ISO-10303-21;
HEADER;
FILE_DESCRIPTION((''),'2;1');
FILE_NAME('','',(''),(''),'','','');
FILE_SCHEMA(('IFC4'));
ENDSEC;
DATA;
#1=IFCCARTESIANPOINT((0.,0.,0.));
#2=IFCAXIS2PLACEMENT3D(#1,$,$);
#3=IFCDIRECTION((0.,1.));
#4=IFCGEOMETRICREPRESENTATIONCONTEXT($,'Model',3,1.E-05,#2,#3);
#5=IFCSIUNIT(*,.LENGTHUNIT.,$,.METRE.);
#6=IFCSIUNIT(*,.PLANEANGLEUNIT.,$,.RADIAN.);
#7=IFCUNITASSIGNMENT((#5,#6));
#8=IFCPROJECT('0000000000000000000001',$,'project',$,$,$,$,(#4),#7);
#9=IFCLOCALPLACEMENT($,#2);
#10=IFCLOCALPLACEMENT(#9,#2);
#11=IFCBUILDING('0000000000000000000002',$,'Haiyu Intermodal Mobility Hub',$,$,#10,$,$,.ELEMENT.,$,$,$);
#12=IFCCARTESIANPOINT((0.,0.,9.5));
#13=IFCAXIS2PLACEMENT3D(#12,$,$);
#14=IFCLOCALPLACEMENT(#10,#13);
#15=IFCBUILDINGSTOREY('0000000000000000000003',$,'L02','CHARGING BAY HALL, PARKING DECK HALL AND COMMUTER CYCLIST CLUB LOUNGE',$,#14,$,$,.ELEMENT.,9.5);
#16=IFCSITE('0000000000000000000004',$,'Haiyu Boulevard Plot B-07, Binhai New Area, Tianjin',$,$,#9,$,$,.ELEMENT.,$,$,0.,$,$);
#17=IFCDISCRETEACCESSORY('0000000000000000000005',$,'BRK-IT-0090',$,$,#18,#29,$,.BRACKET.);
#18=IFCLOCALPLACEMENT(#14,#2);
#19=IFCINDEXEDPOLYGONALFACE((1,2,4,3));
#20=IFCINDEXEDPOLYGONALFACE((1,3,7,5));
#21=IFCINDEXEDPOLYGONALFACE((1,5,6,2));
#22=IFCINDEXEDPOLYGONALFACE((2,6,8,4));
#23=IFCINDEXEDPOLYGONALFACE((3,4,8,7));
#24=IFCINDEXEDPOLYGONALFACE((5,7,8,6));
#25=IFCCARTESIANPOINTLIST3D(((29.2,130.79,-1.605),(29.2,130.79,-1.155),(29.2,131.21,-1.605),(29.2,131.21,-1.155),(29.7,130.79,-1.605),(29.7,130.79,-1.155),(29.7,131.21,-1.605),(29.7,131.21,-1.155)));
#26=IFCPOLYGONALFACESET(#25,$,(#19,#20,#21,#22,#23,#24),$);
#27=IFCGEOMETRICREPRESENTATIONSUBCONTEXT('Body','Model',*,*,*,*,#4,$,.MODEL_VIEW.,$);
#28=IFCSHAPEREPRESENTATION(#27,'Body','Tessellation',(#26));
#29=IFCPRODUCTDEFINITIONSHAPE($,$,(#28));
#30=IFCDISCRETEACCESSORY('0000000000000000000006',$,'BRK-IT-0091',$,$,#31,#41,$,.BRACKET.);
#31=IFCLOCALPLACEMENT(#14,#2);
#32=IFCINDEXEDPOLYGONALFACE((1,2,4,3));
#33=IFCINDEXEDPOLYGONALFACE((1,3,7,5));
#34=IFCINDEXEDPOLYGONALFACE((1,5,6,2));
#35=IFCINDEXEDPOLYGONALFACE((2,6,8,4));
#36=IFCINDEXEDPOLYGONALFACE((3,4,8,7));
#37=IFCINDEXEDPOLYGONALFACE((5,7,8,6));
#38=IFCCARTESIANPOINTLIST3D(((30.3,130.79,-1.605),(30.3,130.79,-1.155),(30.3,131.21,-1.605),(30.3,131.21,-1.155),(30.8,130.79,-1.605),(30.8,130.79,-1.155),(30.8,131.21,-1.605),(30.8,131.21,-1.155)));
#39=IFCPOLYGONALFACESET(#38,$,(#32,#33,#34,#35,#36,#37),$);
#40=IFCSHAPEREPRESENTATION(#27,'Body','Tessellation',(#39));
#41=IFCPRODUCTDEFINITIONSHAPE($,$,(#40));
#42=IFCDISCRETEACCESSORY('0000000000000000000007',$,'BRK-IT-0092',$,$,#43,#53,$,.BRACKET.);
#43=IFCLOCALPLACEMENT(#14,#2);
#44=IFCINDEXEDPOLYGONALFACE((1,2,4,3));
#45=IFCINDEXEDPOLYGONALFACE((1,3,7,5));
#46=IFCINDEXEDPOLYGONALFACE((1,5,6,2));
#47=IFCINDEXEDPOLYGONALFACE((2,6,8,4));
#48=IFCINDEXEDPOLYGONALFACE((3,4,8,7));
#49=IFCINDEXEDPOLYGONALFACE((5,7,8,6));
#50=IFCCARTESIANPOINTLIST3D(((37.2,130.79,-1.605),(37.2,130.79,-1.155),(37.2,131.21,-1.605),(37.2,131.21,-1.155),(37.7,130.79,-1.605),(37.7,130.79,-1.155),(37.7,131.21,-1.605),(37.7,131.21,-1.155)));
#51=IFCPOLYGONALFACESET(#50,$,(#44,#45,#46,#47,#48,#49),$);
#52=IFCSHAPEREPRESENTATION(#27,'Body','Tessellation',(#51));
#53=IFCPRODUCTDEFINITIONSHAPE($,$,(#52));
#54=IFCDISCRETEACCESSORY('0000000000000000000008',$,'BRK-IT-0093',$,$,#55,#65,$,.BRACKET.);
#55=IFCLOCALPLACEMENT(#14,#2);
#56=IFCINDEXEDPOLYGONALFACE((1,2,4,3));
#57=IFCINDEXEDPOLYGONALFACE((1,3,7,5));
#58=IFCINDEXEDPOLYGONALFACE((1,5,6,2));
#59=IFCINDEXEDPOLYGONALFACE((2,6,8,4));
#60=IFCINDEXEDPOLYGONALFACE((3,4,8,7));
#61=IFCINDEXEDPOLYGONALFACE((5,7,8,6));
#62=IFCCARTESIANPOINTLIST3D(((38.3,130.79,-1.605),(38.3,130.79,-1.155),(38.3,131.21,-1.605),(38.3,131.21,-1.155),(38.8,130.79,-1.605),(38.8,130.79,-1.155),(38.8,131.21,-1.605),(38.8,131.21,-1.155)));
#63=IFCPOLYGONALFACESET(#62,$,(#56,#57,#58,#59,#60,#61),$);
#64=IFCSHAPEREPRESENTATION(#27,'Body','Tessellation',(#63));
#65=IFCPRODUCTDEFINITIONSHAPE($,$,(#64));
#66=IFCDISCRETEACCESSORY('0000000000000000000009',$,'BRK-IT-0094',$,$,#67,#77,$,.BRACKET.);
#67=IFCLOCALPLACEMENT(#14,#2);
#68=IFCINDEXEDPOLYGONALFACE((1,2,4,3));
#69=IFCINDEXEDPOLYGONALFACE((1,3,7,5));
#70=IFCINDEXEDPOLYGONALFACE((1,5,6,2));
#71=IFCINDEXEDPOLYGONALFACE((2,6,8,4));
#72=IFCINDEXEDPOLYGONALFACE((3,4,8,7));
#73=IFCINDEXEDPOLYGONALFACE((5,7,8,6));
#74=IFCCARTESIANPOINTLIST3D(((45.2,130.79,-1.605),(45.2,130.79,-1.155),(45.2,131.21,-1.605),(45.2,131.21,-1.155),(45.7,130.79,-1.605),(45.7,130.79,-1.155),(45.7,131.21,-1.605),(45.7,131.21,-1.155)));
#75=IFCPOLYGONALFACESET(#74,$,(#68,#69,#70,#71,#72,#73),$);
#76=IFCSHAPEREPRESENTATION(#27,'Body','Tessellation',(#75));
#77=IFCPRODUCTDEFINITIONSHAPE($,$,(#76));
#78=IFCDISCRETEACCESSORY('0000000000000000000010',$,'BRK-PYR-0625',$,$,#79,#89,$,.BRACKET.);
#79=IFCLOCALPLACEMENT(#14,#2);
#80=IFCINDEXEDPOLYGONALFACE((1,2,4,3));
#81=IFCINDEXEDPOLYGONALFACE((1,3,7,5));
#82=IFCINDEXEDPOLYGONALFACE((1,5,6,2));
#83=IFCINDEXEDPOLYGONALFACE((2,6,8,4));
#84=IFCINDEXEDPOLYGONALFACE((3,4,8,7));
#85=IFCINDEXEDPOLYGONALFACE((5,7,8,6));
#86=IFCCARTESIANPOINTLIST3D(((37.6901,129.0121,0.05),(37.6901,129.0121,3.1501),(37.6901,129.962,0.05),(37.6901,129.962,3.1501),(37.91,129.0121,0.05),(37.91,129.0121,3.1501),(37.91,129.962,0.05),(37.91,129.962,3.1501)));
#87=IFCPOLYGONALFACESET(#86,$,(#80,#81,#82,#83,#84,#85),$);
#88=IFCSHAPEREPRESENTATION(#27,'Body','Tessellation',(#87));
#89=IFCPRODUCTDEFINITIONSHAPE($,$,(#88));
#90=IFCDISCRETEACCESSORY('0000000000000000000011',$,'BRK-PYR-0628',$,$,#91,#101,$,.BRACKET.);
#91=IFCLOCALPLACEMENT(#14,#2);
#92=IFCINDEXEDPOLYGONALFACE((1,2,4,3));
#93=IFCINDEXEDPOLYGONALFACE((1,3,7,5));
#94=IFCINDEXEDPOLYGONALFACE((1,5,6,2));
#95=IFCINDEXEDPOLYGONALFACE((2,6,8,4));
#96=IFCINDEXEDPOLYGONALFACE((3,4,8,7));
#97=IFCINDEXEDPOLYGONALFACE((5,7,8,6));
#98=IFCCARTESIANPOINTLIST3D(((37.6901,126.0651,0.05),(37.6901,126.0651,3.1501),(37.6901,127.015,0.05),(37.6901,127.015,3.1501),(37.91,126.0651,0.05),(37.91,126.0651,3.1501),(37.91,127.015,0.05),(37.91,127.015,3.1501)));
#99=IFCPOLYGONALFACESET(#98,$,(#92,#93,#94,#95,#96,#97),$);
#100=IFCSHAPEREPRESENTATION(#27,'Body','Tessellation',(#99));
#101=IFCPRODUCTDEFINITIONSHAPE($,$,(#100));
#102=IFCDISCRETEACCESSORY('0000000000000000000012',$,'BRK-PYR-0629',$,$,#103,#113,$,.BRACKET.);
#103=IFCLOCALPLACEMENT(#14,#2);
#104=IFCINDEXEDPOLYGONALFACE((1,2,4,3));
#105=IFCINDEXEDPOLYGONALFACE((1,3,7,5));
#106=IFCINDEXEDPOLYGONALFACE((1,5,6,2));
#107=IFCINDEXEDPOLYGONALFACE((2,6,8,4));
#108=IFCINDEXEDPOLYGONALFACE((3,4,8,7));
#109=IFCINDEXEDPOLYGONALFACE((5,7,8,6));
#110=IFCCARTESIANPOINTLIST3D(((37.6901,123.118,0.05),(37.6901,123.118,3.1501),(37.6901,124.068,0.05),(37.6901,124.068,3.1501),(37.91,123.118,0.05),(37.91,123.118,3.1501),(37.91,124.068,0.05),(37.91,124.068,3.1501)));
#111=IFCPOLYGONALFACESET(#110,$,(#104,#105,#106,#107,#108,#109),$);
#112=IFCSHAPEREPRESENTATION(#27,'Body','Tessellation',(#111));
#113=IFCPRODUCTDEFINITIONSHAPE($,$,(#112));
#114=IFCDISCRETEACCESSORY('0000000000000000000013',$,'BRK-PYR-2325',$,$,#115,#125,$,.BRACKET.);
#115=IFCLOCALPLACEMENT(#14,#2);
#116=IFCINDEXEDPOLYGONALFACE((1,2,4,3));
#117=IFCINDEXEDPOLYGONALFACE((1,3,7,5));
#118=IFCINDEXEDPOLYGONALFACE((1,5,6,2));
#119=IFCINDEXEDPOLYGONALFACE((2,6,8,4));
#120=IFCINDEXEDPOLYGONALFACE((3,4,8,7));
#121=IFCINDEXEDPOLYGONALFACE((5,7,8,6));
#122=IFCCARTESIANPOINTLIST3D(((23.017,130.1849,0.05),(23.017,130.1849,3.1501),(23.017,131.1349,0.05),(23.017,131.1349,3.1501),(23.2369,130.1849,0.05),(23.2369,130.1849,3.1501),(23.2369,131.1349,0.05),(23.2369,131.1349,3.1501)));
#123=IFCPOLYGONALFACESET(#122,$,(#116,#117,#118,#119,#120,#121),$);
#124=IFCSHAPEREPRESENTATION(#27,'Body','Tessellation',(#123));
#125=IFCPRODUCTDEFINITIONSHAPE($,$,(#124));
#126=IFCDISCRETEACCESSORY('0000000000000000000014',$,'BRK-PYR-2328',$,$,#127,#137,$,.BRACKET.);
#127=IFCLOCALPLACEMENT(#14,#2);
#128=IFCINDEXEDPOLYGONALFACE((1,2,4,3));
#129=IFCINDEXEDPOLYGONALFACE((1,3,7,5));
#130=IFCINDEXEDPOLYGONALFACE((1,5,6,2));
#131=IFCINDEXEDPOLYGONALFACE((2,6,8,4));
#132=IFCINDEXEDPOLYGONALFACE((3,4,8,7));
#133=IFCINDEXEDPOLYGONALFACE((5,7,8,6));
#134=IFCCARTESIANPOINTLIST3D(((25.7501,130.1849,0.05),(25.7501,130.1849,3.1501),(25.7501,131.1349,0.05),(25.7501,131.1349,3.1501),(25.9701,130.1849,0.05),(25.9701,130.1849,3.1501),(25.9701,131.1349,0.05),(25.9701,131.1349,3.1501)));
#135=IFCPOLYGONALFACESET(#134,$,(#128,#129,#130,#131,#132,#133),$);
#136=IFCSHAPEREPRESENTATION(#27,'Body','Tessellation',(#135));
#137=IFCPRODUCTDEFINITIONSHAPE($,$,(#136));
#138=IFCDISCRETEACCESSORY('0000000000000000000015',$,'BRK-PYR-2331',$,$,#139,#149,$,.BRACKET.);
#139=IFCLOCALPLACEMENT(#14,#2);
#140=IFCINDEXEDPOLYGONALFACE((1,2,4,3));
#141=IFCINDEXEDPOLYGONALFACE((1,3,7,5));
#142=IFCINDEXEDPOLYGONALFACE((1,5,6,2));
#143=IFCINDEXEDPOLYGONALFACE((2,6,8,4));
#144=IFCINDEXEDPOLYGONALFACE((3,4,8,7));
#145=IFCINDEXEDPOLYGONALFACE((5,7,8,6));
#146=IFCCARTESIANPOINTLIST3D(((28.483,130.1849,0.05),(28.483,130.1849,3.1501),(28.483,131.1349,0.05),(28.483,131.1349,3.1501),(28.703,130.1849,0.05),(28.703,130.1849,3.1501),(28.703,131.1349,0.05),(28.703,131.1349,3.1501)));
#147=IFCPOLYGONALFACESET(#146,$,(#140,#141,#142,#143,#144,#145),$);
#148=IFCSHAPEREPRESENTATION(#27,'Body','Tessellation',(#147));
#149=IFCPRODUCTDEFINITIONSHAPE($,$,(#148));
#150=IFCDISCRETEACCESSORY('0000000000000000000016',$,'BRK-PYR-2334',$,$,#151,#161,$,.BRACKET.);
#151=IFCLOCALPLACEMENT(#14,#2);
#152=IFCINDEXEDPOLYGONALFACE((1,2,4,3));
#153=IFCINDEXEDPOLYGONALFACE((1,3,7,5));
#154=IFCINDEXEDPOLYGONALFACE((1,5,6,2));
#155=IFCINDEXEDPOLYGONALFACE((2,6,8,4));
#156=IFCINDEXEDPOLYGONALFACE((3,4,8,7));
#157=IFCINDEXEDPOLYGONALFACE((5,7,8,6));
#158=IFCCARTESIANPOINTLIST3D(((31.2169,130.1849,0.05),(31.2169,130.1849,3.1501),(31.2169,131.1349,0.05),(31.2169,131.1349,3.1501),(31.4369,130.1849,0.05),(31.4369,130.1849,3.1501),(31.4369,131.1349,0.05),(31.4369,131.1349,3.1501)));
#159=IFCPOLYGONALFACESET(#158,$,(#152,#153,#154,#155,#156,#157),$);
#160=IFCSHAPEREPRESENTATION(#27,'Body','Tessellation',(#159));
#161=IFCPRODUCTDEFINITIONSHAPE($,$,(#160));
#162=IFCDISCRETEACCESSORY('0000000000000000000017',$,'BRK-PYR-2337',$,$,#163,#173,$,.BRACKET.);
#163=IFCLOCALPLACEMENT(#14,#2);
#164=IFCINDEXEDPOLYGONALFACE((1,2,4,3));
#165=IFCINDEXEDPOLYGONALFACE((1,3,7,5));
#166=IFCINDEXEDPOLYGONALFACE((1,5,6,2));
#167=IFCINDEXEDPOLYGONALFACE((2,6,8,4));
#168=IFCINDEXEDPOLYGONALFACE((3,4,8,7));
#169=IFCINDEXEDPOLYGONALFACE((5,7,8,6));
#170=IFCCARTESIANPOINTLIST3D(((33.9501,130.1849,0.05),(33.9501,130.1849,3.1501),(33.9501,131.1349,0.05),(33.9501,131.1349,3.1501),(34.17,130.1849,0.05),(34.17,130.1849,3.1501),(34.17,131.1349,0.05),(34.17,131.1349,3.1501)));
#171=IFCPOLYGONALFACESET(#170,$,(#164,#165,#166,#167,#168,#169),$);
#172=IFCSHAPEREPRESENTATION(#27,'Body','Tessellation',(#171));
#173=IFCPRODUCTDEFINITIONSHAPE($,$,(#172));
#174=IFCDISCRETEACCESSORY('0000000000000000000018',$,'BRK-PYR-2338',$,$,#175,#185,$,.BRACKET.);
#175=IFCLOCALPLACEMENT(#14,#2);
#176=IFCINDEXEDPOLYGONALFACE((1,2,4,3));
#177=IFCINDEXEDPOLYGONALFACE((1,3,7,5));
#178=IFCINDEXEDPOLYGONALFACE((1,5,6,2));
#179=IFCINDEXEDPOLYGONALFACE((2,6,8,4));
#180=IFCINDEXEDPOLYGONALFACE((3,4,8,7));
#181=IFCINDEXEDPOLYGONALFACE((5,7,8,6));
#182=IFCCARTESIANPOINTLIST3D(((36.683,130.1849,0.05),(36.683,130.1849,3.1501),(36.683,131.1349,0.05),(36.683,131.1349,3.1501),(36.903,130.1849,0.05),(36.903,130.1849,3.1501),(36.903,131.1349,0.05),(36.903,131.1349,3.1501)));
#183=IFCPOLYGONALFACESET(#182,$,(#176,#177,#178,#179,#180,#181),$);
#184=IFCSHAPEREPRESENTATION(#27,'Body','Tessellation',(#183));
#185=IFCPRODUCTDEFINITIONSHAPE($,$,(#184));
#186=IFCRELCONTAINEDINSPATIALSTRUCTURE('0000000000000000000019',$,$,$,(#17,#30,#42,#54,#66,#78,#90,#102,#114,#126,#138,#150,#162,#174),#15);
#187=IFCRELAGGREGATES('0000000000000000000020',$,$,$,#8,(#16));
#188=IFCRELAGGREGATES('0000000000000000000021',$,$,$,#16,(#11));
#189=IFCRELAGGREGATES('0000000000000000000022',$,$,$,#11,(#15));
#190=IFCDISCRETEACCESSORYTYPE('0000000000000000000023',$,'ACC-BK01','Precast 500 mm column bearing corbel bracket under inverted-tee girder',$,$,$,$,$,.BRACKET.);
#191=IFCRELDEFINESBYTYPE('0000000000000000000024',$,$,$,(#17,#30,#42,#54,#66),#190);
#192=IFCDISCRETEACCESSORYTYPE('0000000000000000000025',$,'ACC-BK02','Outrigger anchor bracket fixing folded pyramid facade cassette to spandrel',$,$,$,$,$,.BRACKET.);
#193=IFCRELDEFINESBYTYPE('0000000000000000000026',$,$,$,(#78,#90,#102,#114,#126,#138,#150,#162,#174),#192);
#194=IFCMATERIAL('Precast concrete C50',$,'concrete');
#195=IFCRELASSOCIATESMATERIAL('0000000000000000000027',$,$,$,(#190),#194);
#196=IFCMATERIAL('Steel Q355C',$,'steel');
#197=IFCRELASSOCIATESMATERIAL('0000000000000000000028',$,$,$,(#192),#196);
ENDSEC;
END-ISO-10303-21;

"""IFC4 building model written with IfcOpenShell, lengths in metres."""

from ifc_helpers import new_model, si_unit, direction, frame, origin, origin_2d, place, context, subcontext, project, spatial, rectangle, extrude, material, type_object, element, save


model = new_model("IFC4")

# Units and contexts
model_context = context("Model", 3, precision=1e-05, world=origin(), true_north=direction((0.0, 1.0)))
body_context = subcontext(model_context, "Body", "Model", "MODEL_VIEW")
ifc_project = project(units=[si_unit("LENGTHUNIT", "METRE"), si_unit("PLANEANGLEUNIT", "RADIAN")], contexts=[model_context])

# Site, building, storey
site_placement = place(None, origin())
site = spatial("IfcSite", under=ifc_project, at=site_placement, Name="Haiyu Boulevard Plot B-07, Binhai New Area, Tianjin", CompositionType="ELEMENT", RefElevation=0.0)
building_placement = place(site_placement, origin())
building = spatial("IfcBuilding", under=site, at=building_placement, Name="Haiyu Intermodal Mobility Hub", CompositionType="ELEMENT")
storey_placement = place(building_placement, frame((0.0, 0.0, 9.5)))
storey = spatial("IfcBuildingStorey", under=building, at=storey_placement, Name="L02", Description="CHARGING BAY HALL, PARKING DECK HALL AND COMMUTER CYCLIST CLUB LOUNGE", CompositionType="ELEMENT", Elevation=9.5)

# Shared definitions
ifc_material_1 = material(Name="Precast concrete C50", Category="concrete")

# Shared definitions
ifc_material_2 = material(Name="Steel Q355C", Category="steel")

# Discrete accessories
discrete_accessory_type_1 = type_object("IfcDiscreteAccessoryType", Name="ACC-BK01", Description="Precast 500 mm column bearing corbel bracket under inverted-tee girder", PredefinedType="BRACKET", material=ifc_material_1)
for number, where, z_axis, x_axis, name in (
    (1, (29.45, 131.0, -1.605), (0.0, 0.0, 1.0), (1.0, 0.0, 0.0), "BRK-IT-0090"),
    (2, (30.55, 131.0, -1.605), (0.0, 0.0, 1.0), (1.0, 0.0, 0.0), "BRK-IT-0091"),
    (3, (37.45, 131.0, -1.605), (0.0, 0.0, 1.0), (1.0, 0.0, 0.0), "BRK-IT-0092"),
    (4, (38.55, 131.0, -1.605), (0.0, 0.0, 1.0), (1.0, 0.0, 0.0), "BRK-IT-0093"),
    (5, (45.45, 131.0, -1.605), (0.0, 0.0, 1.0), (1.0, 0.0, 0.0), "BRK-IT-0094"),
):
    element("IfcDiscreteAccessory", number, at=place(storey_placement, frame(where, z_axis=z_axis, x_axis=x_axis)), inside=storey, type_object=discrete_accessory_type_1, Name=name, PredefinedType="BRACKET", context=body_context, shape_type="SweptSolid", body=[
        extrude(rectangle(XDim=0.5, YDim=0.4199, at=origin_2d()), origin(), (0.0, 0.0, 1.0), 0.45),
    ])
discrete_accessory_type_2 = type_object("IfcDiscreteAccessoryType", Name="ACC-BK02", Description="Outrigger anchor bracket fixing folded pyramid facade cassette to spandrel", PredefinedType="BRACKET", material=ifc_material_2)
for number, where, z_axis, x_axis, name in (
    (6, (37.8, 129.4871, 0.05), (0.0, 0.0, 1.0), (1.0, 0.0, 0.0), "BRK-PYR-0625"),
    (7, (37.8, 126.54, 0.05), (0.0, 0.0, 1.0), (1.0, 0.0, 0.0), "BRK-PYR-0628"),
    (8, (37.8, 123.593, 0.05), (0.0, 0.0, 1.0), (1.0, 0.0, 0.0), "BRK-PYR-0629"),
    (9, (23.127, 130.6599, 0.05), (0.0, 0.0, 1.0), (1.0, 0.0, 0.0), "BRK-PYR-2325"),
    (10, (25.8601, 130.6599, 0.05), (0.0, 0.0, 1.0), (1.0, 0.0, 0.0), "BRK-PYR-2328"),
    (11, (28.593, 130.6599, 0.05), (0.0, 0.0, 1.0), (1.0, 0.0, 0.0), "BRK-PYR-2331"),
    (12, (31.3269, 130.6599, 0.05), (0.0, 0.0, 1.0), (1.0, 0.0, 0.0), "BRK-PYR-2334"),
    (13, (34.0601, 130.6599, 0.05), (0.0, 0.0, 1.0), (1.0, 0.0, 0.0), "BRK-PYR-2337"),
    (14, (36.793, 130.6599, 0.05), (0.0, 0.0, 1.0), (1.0, 0.0, 0.0), "BRK-PYR-2338"),
):
    element("IfcDiscreteAccessory", number, at=place(storey_placement, frame(where, z_axis=z_axis, x_axis=x_axis)), inside=storey, type_object=discrete_accessory_type_2, Name=name, PredefinedType="BRACKET", context=body_context, shape_type="SweptSolid", body=[
        extrude(rectangle(XDim=0.22, YDim=0.95, at=origin_2d()), origin(), (0.0, 0.0, 1.0), 3.1001),
    ])

save(model, "model.ifc")
